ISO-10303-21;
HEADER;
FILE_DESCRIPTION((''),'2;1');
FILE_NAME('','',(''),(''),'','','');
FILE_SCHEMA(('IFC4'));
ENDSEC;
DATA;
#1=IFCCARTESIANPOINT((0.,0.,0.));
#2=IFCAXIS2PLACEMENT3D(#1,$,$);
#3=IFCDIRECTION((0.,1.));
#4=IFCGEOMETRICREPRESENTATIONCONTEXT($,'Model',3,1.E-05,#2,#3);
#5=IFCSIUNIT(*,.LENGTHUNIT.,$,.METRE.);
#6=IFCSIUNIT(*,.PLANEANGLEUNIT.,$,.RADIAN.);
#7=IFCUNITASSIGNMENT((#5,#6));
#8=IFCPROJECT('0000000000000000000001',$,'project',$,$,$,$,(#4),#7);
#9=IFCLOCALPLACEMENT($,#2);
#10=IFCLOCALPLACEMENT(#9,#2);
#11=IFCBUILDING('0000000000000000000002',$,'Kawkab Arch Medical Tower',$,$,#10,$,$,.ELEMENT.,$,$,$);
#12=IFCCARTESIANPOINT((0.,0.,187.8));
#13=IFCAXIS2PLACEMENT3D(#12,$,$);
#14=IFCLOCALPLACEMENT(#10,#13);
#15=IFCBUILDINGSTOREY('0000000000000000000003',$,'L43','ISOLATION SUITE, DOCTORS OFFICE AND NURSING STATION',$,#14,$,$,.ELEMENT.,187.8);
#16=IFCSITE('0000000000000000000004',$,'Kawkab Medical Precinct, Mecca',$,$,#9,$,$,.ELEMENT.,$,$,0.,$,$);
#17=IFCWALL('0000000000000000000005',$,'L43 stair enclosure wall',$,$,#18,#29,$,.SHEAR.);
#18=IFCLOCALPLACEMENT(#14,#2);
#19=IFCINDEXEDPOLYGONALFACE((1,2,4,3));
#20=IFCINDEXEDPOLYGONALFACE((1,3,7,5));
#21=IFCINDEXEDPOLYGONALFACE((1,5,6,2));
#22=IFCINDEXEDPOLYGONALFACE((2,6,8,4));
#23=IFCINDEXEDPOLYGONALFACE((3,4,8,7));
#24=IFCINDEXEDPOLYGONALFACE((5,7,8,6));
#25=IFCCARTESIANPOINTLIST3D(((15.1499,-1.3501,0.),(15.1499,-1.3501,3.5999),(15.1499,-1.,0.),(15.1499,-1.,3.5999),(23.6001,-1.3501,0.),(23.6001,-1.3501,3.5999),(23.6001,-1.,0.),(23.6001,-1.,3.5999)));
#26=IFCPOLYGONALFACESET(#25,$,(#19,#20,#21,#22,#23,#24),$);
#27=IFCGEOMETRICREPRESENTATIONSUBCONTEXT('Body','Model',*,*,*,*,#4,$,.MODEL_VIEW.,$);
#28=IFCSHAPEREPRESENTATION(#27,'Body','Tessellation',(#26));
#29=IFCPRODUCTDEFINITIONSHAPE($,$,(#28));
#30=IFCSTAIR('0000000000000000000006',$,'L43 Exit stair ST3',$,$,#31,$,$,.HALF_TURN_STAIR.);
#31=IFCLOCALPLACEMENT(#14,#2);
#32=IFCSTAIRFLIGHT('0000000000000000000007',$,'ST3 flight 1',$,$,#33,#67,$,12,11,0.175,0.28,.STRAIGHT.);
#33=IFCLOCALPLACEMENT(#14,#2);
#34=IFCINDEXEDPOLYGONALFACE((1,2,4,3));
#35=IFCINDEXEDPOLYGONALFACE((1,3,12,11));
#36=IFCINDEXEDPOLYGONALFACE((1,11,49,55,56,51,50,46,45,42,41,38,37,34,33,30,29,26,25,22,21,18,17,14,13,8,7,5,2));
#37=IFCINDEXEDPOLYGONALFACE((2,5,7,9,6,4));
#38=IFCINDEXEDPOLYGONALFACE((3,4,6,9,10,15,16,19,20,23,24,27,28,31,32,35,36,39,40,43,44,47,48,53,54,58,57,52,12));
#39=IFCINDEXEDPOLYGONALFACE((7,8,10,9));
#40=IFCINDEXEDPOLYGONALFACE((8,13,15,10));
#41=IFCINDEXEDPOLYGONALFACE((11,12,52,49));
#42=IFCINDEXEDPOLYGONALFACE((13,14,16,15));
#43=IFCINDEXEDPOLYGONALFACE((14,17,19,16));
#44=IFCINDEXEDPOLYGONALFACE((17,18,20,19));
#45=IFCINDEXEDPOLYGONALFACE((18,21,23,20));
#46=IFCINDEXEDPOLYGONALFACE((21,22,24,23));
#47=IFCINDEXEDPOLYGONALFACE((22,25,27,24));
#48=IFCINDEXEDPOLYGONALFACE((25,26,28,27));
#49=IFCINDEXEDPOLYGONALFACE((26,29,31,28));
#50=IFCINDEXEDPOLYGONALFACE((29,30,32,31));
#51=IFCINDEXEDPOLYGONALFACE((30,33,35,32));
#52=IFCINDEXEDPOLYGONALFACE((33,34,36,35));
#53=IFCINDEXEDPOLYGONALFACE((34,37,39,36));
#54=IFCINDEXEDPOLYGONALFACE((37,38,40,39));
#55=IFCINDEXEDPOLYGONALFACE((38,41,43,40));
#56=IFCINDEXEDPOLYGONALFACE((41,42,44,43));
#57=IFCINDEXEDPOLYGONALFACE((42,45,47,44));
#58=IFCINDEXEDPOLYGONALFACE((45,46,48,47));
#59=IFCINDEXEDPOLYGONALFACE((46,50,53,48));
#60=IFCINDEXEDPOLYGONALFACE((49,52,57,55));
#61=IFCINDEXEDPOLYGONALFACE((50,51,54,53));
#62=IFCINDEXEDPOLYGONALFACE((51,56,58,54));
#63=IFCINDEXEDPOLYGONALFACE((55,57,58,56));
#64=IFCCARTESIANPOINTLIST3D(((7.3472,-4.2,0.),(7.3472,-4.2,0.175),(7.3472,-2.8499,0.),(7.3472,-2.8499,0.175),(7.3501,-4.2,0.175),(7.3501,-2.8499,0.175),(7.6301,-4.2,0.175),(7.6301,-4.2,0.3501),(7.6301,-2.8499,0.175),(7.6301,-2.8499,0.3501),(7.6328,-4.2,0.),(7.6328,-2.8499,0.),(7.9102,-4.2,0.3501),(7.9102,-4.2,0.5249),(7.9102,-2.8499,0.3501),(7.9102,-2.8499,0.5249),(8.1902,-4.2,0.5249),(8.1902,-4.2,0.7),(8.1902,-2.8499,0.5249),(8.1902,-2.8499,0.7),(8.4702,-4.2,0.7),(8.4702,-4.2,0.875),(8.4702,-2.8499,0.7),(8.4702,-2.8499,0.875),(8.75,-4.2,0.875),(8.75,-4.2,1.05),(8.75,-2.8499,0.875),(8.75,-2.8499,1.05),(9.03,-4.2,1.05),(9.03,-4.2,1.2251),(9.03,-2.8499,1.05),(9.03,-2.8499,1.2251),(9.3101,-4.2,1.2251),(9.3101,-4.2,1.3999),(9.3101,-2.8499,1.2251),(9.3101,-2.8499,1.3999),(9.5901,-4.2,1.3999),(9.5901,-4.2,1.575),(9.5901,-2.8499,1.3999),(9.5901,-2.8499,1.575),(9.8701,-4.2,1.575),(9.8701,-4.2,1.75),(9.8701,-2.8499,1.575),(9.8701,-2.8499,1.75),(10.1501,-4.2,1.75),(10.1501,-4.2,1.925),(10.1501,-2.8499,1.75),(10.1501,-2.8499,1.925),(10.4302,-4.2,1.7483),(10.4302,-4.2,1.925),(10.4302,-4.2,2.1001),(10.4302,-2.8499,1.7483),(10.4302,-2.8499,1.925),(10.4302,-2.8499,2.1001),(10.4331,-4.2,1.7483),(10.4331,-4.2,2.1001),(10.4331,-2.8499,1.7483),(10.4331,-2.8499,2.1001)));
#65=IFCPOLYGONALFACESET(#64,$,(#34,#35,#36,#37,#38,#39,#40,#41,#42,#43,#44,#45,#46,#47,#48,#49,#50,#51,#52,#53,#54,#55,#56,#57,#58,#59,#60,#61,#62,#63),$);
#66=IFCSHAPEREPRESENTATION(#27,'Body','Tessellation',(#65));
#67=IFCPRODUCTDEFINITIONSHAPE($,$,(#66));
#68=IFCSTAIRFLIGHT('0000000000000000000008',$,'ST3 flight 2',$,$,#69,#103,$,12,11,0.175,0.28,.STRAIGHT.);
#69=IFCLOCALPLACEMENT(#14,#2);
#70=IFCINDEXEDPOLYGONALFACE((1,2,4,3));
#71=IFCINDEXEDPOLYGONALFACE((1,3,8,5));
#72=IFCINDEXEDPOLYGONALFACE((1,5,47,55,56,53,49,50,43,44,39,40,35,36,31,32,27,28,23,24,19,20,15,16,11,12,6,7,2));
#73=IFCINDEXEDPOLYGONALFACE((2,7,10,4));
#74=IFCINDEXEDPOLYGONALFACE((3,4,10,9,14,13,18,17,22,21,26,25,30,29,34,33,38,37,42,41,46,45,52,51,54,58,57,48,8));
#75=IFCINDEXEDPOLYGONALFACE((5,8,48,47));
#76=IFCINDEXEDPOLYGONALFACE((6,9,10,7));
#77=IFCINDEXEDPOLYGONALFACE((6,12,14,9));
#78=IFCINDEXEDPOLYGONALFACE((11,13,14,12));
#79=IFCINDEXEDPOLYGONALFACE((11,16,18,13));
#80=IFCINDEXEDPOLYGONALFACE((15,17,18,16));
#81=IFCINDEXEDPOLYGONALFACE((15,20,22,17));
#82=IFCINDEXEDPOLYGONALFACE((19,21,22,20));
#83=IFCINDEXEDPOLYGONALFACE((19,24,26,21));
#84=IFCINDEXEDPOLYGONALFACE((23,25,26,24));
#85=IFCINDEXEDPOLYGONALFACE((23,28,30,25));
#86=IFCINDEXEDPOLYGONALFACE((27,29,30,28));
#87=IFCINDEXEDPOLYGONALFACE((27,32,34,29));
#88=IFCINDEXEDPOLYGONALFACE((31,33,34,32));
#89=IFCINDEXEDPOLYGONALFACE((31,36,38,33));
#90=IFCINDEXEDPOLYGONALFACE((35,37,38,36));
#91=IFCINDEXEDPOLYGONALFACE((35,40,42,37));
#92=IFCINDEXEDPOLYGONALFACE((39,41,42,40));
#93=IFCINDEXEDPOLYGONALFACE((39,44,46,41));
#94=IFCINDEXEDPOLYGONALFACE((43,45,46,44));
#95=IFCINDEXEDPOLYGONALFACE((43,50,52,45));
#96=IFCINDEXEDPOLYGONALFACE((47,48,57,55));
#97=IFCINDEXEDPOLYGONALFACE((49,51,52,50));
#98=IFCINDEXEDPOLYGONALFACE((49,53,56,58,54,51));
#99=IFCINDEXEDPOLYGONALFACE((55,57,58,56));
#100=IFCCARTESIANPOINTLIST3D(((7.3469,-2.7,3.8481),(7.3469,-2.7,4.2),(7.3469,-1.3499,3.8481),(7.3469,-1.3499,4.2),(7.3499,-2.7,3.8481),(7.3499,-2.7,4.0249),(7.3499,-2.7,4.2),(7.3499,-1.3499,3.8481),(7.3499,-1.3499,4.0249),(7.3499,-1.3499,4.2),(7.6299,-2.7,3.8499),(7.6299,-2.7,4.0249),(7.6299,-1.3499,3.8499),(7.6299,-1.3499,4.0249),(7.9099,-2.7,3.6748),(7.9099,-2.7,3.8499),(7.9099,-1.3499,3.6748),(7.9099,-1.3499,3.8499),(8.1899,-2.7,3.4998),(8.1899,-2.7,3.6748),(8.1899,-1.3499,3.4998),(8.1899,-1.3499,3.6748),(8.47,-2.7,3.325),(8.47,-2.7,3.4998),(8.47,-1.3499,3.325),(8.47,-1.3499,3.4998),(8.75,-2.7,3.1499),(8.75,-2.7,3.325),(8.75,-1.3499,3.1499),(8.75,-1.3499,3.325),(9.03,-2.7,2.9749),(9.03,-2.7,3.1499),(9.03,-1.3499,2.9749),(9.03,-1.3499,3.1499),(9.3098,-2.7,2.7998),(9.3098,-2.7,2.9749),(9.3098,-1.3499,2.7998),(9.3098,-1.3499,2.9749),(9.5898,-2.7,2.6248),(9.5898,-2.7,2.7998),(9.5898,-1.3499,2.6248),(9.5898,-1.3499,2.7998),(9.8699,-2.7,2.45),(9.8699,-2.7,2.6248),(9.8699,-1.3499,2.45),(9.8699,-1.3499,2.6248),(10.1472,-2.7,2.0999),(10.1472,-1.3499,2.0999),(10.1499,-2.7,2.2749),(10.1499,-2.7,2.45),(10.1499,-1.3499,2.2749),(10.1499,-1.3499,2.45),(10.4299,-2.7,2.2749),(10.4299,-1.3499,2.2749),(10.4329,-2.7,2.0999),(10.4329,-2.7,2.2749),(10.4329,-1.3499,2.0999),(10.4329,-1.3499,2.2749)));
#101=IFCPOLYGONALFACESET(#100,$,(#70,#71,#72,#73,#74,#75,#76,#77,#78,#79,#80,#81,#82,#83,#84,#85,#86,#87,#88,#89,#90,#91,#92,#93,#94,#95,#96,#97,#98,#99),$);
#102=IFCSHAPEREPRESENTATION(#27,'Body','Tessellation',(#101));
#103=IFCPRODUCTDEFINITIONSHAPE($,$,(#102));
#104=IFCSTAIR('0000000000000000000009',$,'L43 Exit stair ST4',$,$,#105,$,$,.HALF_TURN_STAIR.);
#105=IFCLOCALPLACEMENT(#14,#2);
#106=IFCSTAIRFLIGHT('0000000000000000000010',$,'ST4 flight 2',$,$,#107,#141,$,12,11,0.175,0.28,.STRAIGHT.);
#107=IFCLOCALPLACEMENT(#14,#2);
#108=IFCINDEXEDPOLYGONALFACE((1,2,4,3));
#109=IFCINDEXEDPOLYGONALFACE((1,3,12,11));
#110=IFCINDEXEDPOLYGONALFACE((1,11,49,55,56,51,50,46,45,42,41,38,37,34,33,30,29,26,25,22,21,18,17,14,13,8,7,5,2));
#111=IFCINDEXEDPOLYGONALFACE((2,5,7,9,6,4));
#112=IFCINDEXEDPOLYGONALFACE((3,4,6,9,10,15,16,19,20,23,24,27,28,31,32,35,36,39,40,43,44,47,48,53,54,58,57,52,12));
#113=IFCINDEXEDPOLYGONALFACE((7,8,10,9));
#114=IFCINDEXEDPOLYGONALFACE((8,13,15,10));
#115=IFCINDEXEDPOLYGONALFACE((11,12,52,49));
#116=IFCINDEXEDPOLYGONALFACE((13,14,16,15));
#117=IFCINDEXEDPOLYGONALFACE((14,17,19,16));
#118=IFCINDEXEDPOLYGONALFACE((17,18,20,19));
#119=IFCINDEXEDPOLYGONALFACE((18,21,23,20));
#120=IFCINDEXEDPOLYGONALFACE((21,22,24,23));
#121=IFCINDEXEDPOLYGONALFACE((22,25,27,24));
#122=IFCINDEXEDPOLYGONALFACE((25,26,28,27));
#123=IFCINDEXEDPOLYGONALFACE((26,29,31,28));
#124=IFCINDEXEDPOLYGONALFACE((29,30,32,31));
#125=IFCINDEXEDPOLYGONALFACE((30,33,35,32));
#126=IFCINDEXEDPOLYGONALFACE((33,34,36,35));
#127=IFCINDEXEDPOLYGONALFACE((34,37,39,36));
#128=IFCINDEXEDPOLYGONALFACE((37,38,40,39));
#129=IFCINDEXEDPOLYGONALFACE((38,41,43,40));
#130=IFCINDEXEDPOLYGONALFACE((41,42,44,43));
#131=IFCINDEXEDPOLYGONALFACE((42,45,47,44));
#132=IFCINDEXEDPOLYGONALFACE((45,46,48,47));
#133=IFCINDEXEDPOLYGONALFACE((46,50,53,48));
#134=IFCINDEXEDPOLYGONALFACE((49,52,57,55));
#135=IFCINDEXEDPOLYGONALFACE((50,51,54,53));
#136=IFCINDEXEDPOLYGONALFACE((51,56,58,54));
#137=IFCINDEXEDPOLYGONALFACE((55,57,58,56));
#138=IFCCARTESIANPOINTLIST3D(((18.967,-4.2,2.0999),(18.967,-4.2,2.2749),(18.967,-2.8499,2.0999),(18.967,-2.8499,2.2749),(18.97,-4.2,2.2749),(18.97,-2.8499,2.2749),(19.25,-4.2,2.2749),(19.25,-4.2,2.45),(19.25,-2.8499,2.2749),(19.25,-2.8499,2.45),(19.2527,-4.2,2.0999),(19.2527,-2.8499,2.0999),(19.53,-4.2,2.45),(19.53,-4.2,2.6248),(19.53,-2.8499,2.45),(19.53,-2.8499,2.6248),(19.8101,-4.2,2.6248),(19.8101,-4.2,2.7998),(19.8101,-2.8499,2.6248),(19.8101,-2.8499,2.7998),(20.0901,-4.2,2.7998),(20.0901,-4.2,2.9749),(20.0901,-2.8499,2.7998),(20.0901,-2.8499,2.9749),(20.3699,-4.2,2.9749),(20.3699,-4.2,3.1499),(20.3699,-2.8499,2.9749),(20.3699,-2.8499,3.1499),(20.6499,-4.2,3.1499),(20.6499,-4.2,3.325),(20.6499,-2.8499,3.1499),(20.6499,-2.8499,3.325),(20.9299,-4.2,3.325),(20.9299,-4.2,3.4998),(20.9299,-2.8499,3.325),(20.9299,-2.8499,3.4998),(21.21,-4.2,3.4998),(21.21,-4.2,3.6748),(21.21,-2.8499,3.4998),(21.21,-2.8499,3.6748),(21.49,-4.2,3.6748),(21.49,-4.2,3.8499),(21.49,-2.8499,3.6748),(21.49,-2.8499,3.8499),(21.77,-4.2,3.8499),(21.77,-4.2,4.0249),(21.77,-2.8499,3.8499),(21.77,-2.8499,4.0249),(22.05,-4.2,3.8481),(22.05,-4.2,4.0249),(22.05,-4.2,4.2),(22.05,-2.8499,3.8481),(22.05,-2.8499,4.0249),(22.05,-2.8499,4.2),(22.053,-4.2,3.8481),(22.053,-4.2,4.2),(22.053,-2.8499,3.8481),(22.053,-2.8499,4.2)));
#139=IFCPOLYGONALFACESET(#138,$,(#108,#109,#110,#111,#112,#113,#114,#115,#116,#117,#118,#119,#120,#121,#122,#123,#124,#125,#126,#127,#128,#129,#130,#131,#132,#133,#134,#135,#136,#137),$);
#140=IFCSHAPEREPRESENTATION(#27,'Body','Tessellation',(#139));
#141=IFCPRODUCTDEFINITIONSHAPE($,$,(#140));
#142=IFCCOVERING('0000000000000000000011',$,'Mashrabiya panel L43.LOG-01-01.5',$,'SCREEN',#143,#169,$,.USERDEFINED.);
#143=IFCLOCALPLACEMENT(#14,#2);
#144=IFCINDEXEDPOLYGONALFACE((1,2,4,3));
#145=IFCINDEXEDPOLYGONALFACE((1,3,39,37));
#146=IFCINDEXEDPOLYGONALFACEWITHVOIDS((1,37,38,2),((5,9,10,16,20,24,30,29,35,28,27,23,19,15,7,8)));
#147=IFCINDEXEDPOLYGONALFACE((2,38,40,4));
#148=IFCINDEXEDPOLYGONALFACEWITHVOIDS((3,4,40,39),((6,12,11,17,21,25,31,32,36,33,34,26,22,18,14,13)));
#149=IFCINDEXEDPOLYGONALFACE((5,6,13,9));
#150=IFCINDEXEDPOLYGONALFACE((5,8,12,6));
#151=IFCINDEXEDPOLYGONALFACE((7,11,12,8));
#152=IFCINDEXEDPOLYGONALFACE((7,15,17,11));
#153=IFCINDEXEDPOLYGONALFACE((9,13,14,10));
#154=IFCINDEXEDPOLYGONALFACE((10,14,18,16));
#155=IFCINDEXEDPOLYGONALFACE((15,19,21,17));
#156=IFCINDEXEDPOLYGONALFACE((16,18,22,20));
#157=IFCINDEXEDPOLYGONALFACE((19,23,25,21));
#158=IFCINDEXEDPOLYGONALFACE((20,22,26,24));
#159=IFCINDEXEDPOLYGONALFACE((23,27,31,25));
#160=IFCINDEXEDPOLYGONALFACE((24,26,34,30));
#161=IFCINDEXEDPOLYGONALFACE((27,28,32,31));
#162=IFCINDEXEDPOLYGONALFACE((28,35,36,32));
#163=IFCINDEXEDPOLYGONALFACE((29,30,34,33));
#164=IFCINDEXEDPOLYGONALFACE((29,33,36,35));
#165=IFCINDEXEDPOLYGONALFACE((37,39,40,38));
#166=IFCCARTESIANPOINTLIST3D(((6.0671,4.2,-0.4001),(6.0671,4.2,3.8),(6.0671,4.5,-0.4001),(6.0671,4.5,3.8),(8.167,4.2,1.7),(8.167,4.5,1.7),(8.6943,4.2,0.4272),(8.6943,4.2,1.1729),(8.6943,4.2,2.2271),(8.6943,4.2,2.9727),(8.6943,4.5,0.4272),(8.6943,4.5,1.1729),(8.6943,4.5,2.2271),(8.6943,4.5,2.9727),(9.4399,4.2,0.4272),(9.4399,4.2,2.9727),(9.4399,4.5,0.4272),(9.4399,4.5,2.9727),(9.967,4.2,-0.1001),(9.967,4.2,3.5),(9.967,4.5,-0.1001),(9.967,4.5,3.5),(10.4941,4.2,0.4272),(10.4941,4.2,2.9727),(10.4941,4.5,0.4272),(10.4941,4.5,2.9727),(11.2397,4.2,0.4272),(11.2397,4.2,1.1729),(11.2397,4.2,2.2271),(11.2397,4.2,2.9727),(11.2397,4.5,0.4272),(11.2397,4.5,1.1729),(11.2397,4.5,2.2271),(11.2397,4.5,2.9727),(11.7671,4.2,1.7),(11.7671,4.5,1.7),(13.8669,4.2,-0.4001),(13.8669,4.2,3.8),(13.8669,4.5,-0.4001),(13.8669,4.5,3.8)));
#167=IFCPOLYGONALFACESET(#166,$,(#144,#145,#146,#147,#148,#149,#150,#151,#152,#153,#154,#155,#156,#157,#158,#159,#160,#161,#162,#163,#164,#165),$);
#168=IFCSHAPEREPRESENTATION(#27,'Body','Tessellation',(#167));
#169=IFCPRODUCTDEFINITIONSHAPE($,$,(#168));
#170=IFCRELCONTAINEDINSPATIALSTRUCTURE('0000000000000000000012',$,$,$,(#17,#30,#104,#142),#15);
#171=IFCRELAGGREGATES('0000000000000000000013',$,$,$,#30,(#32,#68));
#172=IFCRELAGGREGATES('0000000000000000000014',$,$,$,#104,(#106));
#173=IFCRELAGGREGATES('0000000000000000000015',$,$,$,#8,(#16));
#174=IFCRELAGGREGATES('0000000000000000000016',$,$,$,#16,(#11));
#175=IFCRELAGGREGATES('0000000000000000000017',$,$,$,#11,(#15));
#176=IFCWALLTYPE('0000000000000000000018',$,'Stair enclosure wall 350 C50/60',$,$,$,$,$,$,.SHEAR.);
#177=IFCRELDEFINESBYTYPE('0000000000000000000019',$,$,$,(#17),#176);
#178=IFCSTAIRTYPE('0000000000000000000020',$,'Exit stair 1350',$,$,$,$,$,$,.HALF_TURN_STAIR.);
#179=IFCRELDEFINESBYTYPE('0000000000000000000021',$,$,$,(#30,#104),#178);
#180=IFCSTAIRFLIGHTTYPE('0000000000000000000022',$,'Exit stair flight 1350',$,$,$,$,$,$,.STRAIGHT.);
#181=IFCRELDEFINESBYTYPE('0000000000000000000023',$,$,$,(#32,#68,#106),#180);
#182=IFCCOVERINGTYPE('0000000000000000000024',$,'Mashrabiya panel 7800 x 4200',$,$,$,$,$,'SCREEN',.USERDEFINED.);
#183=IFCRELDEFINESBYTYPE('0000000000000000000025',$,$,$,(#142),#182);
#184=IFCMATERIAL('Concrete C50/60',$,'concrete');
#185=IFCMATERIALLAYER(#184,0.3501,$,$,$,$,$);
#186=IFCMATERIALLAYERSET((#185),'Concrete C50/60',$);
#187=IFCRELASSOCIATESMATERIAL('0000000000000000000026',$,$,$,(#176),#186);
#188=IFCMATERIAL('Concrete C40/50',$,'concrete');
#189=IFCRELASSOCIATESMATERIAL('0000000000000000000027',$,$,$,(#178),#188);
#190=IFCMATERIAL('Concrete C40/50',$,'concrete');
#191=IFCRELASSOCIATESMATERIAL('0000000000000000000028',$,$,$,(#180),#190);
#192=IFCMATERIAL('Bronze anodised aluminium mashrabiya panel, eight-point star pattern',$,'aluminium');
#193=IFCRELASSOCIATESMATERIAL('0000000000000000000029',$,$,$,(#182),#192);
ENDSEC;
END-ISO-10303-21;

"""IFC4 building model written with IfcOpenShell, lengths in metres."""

from ifc_helpers import new_model, si_unit, direction, frame, frame_2d, origin, place, context, subcontext, project, spatial, polyline, rectangle, outline, extrude, material, layer, layer_set, material_profile, profile_set, type_object, element, aggregate, save


model = new_model("IFC4")

# Units and contexts
model_context = context("Model", 3, precision=1e-05, world=origin(), true_north=direction((0.0, 1.0)))
body_context = subcontext(model_context, "Body", "Model", "MODEL_VIEW")
ifc_project = project(units=[si_unit("LENGTHUNIT", "METRE"), si_unit("PLANEANGLEUNIT", "RADIAN")], contexts=[model_context])

# Site, building, storey
site_placement = place(None, origin())
site = spatial("IfcSite", under=ifc_project, at=site_placement, Name="Kawkab Medical Precinct, Mecca", CompositionType="ELEMENT", RefElevation=0.0)
building_placement = place(site_placement, origin())
building = spatial("IfcBuilding", under=site, at=building_placement, Name="Kawkab Arch Medical Tower", CompositionType="ELEMENT")
storey_placement = place(building_placement, frame((0.0, 0.0, 187.8)))
storey = spatial("IfcBuildingStorey", under=building, at=storey_placement, Name="L43", Description="ISOLATION SUITE, DOCTORS OFFICE AND NURSING STATION", CompositionType="ELEMENT", Elevation=187.8)

# Shared definitions
placement = place(storey_placement, origin())

# Wall
ifc_material_1 = material(Name="Concrete C50/60", Category="concrete")
ifc_layer_1 = layer(ifc_material_1, 0.3501)
ifc_layer_set_1 = layer_set([ifc_layer_1], Name="Concrete C50/60")
wall_type_1 = type_object("IfcWallType", Name="Stair enclosure wall 350 C50/60", PredefinedType="SHEAR", material=ifc_layer_set_1)
wall_placement = place(storey_placement, frame((15.1499, -1.175, 0.0), z_axis=(0.0, 0.0, 1.0), x_axis=(1.0, 0.0, 0.0)))
element("IfcWall", 1, at=wall_placement, inside=storey, type_object=wall_type_1, Name="L43 stair enclosure wall", PredefinedType="SHEAR", context=body_context, shape_type="SweptSolid", body=[
    extrude(rectangle(XDim=8.4502, YDim=0.3501, at=frame_2d((4.2251, 0.0))), origin(), (0.0, 0.0, 1.0), 3.5999),
])

# Stair, stair flights
ifc_material_2 = material(Name="Concrete C40/50", Category="concrete")
stair_type = type_object("IfcStairType", Name="Exit stair 1350", PredefinedType="HALF_TURN_STAIR", material=ifc_material_2)
stair_1 = element("IfcStair", 2, at=placement, inside=storey, type_object=stair_type, Name="L43 Exit stair ST3", PredefinedType="HALF_TURN_STAIR")
ifc_material_3 = material(Name="Concrete C40/50", Category="concrete")
stair_flight_type = type_object("IfcStairFlightType", Name="Exit stair flight 1350", PredefinedType="STRAIGHT", material=ifc_material_3)
stair_flight_1_placement = place(storey_placement, frame((7.3501, -3.5249, 0.0), z_axis=(0.0, 0.0, 1.0), x_axis=(1.0, 0.0, 0.0)))
stair_flight_1 = element("IfcStairFlight", 3, at=stair_flight_1_placement, type_object=stair_flight_type, Name="ST3 flight 1", NumberOfRisers=12, NumberOfTreads=11, PredefinedType="STRAIGHT", RiserHeight=0.175, TreadLength=0.28, context=body_context, shape_type="SweptSolid", body=[
    extrude(outline(polyline([(-0.0029, 0.0), (-0.0029, 0.175), (0.0, 0.175), (0.28, 0.175), (0.28, 0.3501), (0.5601, 0.3501), (0.5601, 0.5249), (0.8401, 0.5249), (0.8401, 0.7), (1.1201, 0.7), (1.1201, 0.875), (1.3999, 0.875), (1.3999, 1.05), (1.6799, 1.05), (1.6799, 1.2251), (1.96, 1.2251), (1.96, 1.3999), (2.24, 1.3999), (2.24, 1.575), (2.52, 1.575), (2.52, 1.75), (2.8, 1.75), (2.8, 1.925), (3.0801, 1.925), (3.0801, 2.1001), (3.083, 2.1001), (3.083, 1.7483), (3.0801, 1.7483), (0.2827, 0.0), (-0.0029, 0.0)])), frame((0.0, 0.675, 0.0), z_axis=(0.0, -1.0, 0.0), x_axis=(1.0, 0.0, 0.0)), (0.0, 0.0, 1.0), 1.3501),
])
stair_flight_2_placement = place(storey_placement, frame((10.4299, -2.0249, 2.0999), z_axis=(0.0, 0.0, 1.0), x_axis=(-1.0, 0.0, 0.0)))
stair_flight_2 = element("IfcStairFlight", 4, at=stair_flight_2_placement, type_object=stair_flight_type, Name="ST3 flight 2", NumberOfRisers=12, NumberOfTreads=11, PredefinedType="STRAIGHT", RiserHeight=0.175, TreadLength=0.28, context=body_context, shape_type="SweptSolid", body=[
    extrude(outline(polyline([(-0.0029, 0.0), (-0.0029, 0.175), (0.0, 0.175), (0.28, 0.175), (0.28, 0.3501), (0.5601, 0.3501), (0.5601, 0.5249), (0.8401, 0.5249), (0.8401, 0.7), (1.1201, 0.7), (1.1201, 0.875), (1.3999, 0.875), (1.3999, 1.05), (1.6799, 1.05), (1.6799, 1.2251), (1.96, 1.2251), (1.96, 1.3999), (2.24, 1.3999), (2.24, 1.575), (2.52, 1.575), (2.52, 1.75), (2.8, 1.75), (2.8, 1.925), (3.0801, 1.925), (3.0801, 2.1001), (3.083, 2.1001), (3.083, 1.7483), (3.0801, 1.7483), (0.2827, 0.0), (-0.0029, 0.0)])), frame((0.0, 0.675, 0.0), z_axis=(0.0, -1.0, 0.0), x_axis=(1.0, 0.0, 0.0)), (0.0, 0.0, 1.0), 1.3501),
])
aggregate(stair_1, [stair_flight_1, stair_flight_2])

# Stair, stair flight
stair_2 = element("IfcStair", 5, at=placement, inside=storey, type_object=stair_type, Name="L43 Exit stair ST4", PredefinedType="HALF_TURN_STAIR")
stair_flight_3_placement = place(storey_placement, frame((18.97, -3.5249, 2.0999), z_axis=(0.0, 0.0, 1.0), x_axis=(1.0, 0.0, 0.0)))
stair_flight_3 = element("IfcStairFlight", 6, at=stair_flight_3_placement, type_object=stair_flight_type, Name="ST4 flight 2", NumberOfRisers=12, NumberOfTreads=11, PredefinedType="STRAIGHT", RiserHeight=0.175, TreadLength=0.28, context=body_context, shape_type="SweptSolid", body=[
    extrude(outline(polyline([(-0.0029, 0.0), (-0.0029, 0.175), (0.0, 0.175), (0.28, 0.175), (0.28, 0.3501), (0.5601, 0.3501), (0.5601, 0.5249), (0.8401, 0.5249), (0.8401, 0.7), (1.1201, 0.7), (1.1201, 0.875), (1.3999, 0.875), (1.3999, 1.05), (1.6799, 1.05), (1.6799, 1.2251), (1.96, 1.2251), (1.96, 1.3999), (2.24, 1.3999), (2.24, 1.575), (2.52, 1.575), (2.52, 1.75), (2.8, 1.75), (2.8, 1.925), (3.0801, 1.925), (3.0801, 2.1001), (3.083, 2.1001), (3.083, 1.7483), (3.0801, 1.7483), (0.2827, 0.0), (-0.0029, 0.0)])), frame((0.0, 0.675, 0.0), z_axis=(0.0, -1.0, 0.0), x_axis=(1.0, 0.0, 0.0)), (0.0, 0.0, 1.0), 1.3501),
])
aggregate(stair_2, [stair_flight_3])

# Covering
ifc_material_4 = material(Name="Bronze anodised aluminium mashrabiya panel, eight-point star pattern", Category="aluminium")
ifc_material_profile_1 = material_profile(ifc_material_4, outline(polyline([(-3.8999, -2.1001), (3.8999, -2.1001), (3.8999, 2.1001), (-3.8999, 2.1001), (-3.8999, -2.1001)]), holes=[polyline([(1.8, 0.0), (1.2727, 0.5271), (1.2727, 1.2727), (0.5271, 1.2727), (0.0, 1.8), (-0.5271, 1.2727), (-1.2727, 1.2727), (-1.2727, 0.5271), (-1.8, 0.0), (-1.2727, -0.5271), (-1.2727, -1.2727), (-0.5271, -1.2727), (0.0, -1.8), (0.5271, -1.2727), (1.2727, -1.2727), (1.2727, -0.5271), (1.8, 0.0)])]), Name="Mashrabiya panel 7800x4200")
ifc_profile_set_1 = profile_set([ifc_material_profile_1], Name="Bronze anodised aluminium mashrabiya panel, eight-point star pattern")
covering_type_1 = type_object("IfcCoveringType", Name="Mashrabiya panel 7800 x 4200", ElementType="SCREEN", PredefinedType="USERDEFINED", material=ifc_profile_set_1)
covering_1_placement = place(storey_placement, frame((9.967, 4.2, 1.7), z_axis=(0.0, 1.0, 0.0), x_axis=(-1.0, 0.0, 0.0)))
element("IfcCovering", 7, at=covering_1_placement, inside=storey, type_object=covering_type_1, Name="Mashrabiya panel L43.LOG-01-01.5", ObjectType="SCREEN", PredefinedType="USERDEFINED", context=body_context, shape_type="SweptSolid", body=[
    extrude(outline(polyline([(-3.8999, -2.1001), (3.8999, -2.1001), (3.8999, 2.1001), (-3.8999, 2.1001), (-3.8999, -2.1001)]), holes=[polyline([(1.8, 0.0), (1.2727, 0.5271), (1.2727, 1.2727), (0.5271, 1.2727), (0.0, 1.8), (-0.5271, 1.2727), (-1.2727, 1.2727), (-1.2727, 0.5271), (-1.8, 0.0), (-1.2727, -0.5271), (-1.2727, -1.2727), (-0.5271, -1.2727), (0.0, -1.8), (0.5271, -1.2727), (1.2727, -1.2727), (1.2727, -0.5271), (1.8, 0.0)])]), origin(), (0.0, 0.0, 1.0), 0.3),
])

save(model, "model.ifc")
